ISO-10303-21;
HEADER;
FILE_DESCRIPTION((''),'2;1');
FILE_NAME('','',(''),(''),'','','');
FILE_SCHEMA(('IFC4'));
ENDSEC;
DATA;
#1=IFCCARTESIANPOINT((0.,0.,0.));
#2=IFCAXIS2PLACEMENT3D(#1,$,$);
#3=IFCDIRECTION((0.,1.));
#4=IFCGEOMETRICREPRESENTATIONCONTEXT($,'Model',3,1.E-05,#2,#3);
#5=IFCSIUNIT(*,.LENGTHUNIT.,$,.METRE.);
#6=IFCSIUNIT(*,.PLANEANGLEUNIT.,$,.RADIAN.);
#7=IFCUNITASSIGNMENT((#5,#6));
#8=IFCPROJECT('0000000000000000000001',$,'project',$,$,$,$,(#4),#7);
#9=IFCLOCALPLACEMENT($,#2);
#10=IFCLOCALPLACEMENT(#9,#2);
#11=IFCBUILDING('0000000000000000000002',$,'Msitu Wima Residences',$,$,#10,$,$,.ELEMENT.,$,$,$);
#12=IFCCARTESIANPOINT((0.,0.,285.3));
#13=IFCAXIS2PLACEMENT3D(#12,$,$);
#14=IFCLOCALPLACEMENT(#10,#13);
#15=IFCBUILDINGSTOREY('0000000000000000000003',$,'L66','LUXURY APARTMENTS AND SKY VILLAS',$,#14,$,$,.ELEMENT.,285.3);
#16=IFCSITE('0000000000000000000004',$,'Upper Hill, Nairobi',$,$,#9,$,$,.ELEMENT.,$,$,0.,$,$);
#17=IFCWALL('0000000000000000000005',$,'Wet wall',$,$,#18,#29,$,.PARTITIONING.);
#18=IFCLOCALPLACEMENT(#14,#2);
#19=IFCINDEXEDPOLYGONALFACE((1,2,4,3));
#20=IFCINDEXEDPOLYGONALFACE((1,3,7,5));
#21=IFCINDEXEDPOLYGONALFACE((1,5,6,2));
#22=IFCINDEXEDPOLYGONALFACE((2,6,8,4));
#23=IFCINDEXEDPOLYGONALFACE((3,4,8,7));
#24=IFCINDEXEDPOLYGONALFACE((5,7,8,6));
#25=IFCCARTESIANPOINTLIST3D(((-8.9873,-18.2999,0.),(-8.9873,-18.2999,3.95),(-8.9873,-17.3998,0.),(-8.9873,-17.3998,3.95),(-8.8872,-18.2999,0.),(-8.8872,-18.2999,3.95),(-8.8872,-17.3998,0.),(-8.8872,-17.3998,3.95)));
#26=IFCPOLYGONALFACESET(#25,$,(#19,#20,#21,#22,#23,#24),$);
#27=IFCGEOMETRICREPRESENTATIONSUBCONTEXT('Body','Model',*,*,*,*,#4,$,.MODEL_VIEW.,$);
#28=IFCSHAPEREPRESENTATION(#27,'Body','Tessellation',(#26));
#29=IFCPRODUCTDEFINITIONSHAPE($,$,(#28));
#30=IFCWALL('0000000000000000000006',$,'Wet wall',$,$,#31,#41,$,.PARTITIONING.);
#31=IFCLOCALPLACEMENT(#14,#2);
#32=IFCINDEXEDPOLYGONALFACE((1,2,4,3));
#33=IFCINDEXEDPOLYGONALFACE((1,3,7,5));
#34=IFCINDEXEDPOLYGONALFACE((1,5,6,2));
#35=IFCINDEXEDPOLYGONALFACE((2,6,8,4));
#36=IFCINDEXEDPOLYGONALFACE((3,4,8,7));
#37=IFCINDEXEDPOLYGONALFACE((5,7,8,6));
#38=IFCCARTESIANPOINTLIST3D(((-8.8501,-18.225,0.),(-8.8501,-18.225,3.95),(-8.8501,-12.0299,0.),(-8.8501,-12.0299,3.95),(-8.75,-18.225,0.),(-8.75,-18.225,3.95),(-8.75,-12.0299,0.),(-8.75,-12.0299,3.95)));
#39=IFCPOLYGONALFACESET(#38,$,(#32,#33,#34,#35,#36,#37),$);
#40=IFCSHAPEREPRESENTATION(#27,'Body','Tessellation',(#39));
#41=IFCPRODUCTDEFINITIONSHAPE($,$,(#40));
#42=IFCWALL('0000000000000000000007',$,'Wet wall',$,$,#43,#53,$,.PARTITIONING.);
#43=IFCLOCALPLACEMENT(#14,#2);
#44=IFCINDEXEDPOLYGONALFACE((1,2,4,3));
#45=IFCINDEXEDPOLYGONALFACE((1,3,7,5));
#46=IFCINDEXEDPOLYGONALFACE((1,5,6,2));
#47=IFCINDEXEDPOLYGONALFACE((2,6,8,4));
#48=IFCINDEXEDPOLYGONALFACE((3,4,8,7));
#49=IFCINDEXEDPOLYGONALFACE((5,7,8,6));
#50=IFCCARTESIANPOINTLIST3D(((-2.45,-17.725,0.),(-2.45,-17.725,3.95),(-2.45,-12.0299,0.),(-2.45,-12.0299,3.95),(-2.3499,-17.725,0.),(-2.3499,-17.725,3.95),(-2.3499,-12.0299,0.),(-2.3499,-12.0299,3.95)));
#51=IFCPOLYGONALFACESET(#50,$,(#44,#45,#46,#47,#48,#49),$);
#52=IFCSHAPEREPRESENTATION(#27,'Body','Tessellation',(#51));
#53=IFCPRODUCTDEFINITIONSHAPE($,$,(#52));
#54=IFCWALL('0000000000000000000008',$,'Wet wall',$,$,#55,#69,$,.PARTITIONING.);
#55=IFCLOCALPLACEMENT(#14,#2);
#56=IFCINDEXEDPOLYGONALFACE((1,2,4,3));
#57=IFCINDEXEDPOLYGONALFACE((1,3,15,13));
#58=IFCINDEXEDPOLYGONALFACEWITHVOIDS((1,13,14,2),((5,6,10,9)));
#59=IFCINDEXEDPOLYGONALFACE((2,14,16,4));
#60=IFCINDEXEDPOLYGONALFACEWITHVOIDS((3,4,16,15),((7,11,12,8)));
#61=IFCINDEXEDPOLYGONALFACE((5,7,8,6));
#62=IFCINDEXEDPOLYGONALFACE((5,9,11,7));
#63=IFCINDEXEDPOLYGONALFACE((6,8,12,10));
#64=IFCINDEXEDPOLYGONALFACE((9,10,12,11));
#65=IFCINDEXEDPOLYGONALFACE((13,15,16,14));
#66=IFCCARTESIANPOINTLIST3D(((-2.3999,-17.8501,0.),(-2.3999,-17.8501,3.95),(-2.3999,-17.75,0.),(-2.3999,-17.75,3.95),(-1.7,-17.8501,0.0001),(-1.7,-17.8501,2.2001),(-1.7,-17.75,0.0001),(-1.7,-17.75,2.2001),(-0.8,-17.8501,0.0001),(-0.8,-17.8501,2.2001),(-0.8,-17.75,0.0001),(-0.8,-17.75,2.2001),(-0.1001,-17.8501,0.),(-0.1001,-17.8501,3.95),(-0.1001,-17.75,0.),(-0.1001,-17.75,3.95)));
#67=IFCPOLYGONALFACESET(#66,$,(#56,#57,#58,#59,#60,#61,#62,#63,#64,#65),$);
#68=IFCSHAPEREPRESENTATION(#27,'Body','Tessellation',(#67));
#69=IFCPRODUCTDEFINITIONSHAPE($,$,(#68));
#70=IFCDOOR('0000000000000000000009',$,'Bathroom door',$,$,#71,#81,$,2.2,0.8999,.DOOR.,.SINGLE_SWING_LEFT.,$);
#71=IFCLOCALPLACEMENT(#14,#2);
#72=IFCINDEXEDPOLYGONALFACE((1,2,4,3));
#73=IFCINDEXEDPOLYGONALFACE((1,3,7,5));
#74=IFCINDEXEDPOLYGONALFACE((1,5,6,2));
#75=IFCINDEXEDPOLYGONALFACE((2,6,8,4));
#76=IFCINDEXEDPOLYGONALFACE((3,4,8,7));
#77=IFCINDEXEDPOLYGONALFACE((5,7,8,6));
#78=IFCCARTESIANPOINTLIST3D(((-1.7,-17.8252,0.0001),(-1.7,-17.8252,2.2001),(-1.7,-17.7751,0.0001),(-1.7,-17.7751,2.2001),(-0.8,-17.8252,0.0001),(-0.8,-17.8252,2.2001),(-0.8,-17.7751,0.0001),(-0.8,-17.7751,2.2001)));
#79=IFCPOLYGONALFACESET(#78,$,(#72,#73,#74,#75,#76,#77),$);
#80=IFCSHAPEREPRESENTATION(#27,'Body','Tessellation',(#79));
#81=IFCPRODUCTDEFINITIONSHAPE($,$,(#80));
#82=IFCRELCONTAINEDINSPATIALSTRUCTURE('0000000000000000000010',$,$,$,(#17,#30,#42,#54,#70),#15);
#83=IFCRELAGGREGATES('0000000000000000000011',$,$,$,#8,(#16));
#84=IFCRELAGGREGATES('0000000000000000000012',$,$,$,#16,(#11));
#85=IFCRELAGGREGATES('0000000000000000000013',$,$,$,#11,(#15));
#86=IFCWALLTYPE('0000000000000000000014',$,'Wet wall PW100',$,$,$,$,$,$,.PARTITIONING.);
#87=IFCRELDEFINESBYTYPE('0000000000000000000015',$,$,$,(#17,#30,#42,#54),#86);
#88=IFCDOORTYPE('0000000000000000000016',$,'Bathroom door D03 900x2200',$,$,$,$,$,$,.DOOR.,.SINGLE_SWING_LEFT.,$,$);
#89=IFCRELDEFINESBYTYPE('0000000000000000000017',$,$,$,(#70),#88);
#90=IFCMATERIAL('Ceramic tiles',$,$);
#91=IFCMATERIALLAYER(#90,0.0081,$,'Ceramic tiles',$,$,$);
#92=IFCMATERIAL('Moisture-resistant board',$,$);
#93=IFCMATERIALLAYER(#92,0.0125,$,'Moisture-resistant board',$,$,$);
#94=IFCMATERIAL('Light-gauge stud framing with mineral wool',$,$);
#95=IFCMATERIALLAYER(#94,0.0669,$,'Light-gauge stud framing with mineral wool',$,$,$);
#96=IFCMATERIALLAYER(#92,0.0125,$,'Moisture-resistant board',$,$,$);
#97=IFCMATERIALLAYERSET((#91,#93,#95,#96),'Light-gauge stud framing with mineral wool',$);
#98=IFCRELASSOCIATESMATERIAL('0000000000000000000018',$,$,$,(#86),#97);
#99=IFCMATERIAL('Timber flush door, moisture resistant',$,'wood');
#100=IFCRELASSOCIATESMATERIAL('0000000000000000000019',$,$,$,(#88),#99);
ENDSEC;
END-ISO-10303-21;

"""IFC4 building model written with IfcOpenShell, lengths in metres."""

from ifc_helpers import new_model, si_unit, direction, frame, frame_2d, origin, place, context, subcontext, project, spatial, rectangle, extrude, material, layer, layer_set, type_object, element, fill, save


model = new_model("IFC4")

# Units and contexts
model_context = context("Model", 3, precision=1e-05, world=origin(), true_north=direction((0.0, 1.0)))
body_context = subcontext(model_context, "Body", "Model", "MODEL_VIEW")
ifc_project = project(units=[si_unit("LENGTHUNIT", "METRE"), si_unit("PLANEANGLEUNIT", "RADIAN")], contexts=[model_context])

# Site, building, storey
site_placement = place(None, origin())
site = spatial("IfcSite", under=ifc_project, at=site_placement, Name="Upper Hill, Nairobi", CompositionType="ELEMENT", RefElevation=0.0)
building_placement = place(site_placement, origin())
building = spatial("IfcBuilding", under=site, at=building_placement, Name="Msitu Wima Residences", CompositionType="ELEMENT")
storey_placement = place(building_placement, frame((0.0, 0.0, 285.3)))
storey = spatial("IfcBuildingStorey", under=building, at=storey_placement, Name="L66", Description="LUXURY APARTMENTS AND SKY VILLAS", CompositionType="ELEMENT", Elevation=285.3)

# Shared definitions
ifc_material_1 = material(Name="Ceramic tiles")
ifc_layer_1 = layer(ifc_material_1, 0.0081, Name="Ceramic tiles")
ifc_material_2 = material(Name="Moisture-resistant board")
ifc_layer_2 = layer(ifc_material_2, 0.0125, Name="Moisture-resistant board")
ifc_material_3 = material(Name="Light-gauge stud framing with mineral wool")
ifc_layer_3 = layer(ifc_material_3, 0.0669, Name="Light-gauge stud framing with mineral wool")
ifc_layer_4 = layer(ifc_material_2, 0.0125, Name="Moisture-resistant board")
ifc_layer_set_1 = layer_set([ifc_layer_1, ifc_layer_2, ifc_layer_3, ifc_layer_4], Name="Light-gauge stud framing with mineral wool")
wall_type_1 = type_object("IfcWallType", Name="Wet wall PW100", PredefinedType="PARTITIONING", material=ifc_layer_set_1)
ifc_material_4 = material(Name="Timber flush door, moisture resistant", Category="wood")
door_type_1 = type_object("IfcDoorType", Name="Bathroom door D03 900x2200", OperationType="SINGLE_SWING_LEFT", PredefinedType="DOOR", material=ifc_material_4)

# Walls
wall_1_placement = place(storey_placement, frame((-8.9373, -18.3, 0.0), z_axis=(0.0, 0.0, 1.0), x_axis=(0.0, 1.0, 0.0)))
element("IfcWall", 1, at=wall_1_placement, inside=storey, type_object=wall_type_1, Name="Wet wall", PredefinedType="PARTITIONING", context=body_context, shape_type="SweptSolid", body=[
    extrude(rectangle(XDim=0.9001, YDim=0.1001, at=frame_2d((0.4502, 0.0))), origin(), (0.0, 0.0, 1.0), 3.95),
])
wall_2_placement = place(storey_placement, frame((-8.8, -18.2251, 0.0), z_axis=(0.0, 0.0, 1.0), x_axis=(0.0, 1.0, 0.0)))
element("IfcWall", 2, at=wall_2_placement, inside=storey, type_object=wall_type_1, Name="Wet wall", PredefinedType="PARTITIONING", context=body_context, shape_type="SweptSolid", body=[
    extrude(rectangle(XDim=6.1951, YDim=0.1001, at=frame_2d((3.0977, 0.0))), origin(), (0.0, 0.0, 1.0), 3.95),
])
wall_3_placement = place(storey_placement, frame((-2.3999, -17.7251, 0.0), z_axis=(0.0, 0.0, 1.0), x_axis=(0.0, 1.0, 0.0)))
element("IfcWall", 3, at=wall_3_placement, inside=storey, type_object=wall_type_1, Name="Wet wall", PredefinedType="PARTITIONING", context=body_context, shape_type="SweptSolid", body=[
    extrude(rectangle(XDim=5.6951, YDim=0.1001, at=frame_2d((2.8477, 0.0))), origin(), (0.0, 0.0, 1.0), 3.95),
])

# Wall, opening, door
wall_4_placement = place(storey_placement, frame((-2.3999, -17.8, 0.0), z_axis=(0.0, 0.0, 1.0), x_axis=(1.0, 0.0, 0.0)))
wall_4 = element("IfcWall", 4, at=wall_4_placement, inside=storey, type_object=wall_type_1, Name="Wet wall", PredefinedType="PARTITIONING", context=body_context, shape_type="SweptSolid", body=[
    extrude(rectangle(XDim=2.2998, YDim=0.1001, at=frame_2d((1.1499, 0.0))), origin(), (0.0, 0.0, 1.0), 3.95),
])
opening_1_placement = place(wall_4_placement, frame((0.7, 0.0, 0.0)))
opening_1 = element("IfcOpeningElement", 5, at=opening_1_placement, cuts=wall_4, PredefinedType="OPENING", context=body_context, shape_type="SweptSolid", body=[
    extrude(rectangle(XDim=0.8999, YDim=2.2, at=frame_2d((0.45, 1.1001))), frame((0.0, 0.0601, 0.0), z_axis=(0.0, -1.0, 0.0), x_axis=(1.0, 0.0, 0.0)), (0.0, 0.0, 1.0), 0.1201),
])
door_1_placement = place(opening_1_placement, origin())
door_1 = element("IfcDoor", 6, at=door_1_placement, inside=storey, type_object=door_type_1, Name="Bathroom door", OperationType="SINGLE_SWING_LEFT", OverallHeight=2.2, OverallWidth=0.8999, PredefinedType="DOOR", context=body_context, shape_type="SweptSolid", body=[
    extrude(rectangle(XDim=0.8999, YDim=2.2, at=frame_2d((0.45, 1.1001))), frame((0.0, 0.0249, 0.0), z_axis=(0.0, -1.0, 0.0), x_axis=(1.0, 0.0, 0.0)), (0.0, 0.0, 1.0), 0.05),
])
fill(opening_1, door_1)

save(model, "model.ifc")
